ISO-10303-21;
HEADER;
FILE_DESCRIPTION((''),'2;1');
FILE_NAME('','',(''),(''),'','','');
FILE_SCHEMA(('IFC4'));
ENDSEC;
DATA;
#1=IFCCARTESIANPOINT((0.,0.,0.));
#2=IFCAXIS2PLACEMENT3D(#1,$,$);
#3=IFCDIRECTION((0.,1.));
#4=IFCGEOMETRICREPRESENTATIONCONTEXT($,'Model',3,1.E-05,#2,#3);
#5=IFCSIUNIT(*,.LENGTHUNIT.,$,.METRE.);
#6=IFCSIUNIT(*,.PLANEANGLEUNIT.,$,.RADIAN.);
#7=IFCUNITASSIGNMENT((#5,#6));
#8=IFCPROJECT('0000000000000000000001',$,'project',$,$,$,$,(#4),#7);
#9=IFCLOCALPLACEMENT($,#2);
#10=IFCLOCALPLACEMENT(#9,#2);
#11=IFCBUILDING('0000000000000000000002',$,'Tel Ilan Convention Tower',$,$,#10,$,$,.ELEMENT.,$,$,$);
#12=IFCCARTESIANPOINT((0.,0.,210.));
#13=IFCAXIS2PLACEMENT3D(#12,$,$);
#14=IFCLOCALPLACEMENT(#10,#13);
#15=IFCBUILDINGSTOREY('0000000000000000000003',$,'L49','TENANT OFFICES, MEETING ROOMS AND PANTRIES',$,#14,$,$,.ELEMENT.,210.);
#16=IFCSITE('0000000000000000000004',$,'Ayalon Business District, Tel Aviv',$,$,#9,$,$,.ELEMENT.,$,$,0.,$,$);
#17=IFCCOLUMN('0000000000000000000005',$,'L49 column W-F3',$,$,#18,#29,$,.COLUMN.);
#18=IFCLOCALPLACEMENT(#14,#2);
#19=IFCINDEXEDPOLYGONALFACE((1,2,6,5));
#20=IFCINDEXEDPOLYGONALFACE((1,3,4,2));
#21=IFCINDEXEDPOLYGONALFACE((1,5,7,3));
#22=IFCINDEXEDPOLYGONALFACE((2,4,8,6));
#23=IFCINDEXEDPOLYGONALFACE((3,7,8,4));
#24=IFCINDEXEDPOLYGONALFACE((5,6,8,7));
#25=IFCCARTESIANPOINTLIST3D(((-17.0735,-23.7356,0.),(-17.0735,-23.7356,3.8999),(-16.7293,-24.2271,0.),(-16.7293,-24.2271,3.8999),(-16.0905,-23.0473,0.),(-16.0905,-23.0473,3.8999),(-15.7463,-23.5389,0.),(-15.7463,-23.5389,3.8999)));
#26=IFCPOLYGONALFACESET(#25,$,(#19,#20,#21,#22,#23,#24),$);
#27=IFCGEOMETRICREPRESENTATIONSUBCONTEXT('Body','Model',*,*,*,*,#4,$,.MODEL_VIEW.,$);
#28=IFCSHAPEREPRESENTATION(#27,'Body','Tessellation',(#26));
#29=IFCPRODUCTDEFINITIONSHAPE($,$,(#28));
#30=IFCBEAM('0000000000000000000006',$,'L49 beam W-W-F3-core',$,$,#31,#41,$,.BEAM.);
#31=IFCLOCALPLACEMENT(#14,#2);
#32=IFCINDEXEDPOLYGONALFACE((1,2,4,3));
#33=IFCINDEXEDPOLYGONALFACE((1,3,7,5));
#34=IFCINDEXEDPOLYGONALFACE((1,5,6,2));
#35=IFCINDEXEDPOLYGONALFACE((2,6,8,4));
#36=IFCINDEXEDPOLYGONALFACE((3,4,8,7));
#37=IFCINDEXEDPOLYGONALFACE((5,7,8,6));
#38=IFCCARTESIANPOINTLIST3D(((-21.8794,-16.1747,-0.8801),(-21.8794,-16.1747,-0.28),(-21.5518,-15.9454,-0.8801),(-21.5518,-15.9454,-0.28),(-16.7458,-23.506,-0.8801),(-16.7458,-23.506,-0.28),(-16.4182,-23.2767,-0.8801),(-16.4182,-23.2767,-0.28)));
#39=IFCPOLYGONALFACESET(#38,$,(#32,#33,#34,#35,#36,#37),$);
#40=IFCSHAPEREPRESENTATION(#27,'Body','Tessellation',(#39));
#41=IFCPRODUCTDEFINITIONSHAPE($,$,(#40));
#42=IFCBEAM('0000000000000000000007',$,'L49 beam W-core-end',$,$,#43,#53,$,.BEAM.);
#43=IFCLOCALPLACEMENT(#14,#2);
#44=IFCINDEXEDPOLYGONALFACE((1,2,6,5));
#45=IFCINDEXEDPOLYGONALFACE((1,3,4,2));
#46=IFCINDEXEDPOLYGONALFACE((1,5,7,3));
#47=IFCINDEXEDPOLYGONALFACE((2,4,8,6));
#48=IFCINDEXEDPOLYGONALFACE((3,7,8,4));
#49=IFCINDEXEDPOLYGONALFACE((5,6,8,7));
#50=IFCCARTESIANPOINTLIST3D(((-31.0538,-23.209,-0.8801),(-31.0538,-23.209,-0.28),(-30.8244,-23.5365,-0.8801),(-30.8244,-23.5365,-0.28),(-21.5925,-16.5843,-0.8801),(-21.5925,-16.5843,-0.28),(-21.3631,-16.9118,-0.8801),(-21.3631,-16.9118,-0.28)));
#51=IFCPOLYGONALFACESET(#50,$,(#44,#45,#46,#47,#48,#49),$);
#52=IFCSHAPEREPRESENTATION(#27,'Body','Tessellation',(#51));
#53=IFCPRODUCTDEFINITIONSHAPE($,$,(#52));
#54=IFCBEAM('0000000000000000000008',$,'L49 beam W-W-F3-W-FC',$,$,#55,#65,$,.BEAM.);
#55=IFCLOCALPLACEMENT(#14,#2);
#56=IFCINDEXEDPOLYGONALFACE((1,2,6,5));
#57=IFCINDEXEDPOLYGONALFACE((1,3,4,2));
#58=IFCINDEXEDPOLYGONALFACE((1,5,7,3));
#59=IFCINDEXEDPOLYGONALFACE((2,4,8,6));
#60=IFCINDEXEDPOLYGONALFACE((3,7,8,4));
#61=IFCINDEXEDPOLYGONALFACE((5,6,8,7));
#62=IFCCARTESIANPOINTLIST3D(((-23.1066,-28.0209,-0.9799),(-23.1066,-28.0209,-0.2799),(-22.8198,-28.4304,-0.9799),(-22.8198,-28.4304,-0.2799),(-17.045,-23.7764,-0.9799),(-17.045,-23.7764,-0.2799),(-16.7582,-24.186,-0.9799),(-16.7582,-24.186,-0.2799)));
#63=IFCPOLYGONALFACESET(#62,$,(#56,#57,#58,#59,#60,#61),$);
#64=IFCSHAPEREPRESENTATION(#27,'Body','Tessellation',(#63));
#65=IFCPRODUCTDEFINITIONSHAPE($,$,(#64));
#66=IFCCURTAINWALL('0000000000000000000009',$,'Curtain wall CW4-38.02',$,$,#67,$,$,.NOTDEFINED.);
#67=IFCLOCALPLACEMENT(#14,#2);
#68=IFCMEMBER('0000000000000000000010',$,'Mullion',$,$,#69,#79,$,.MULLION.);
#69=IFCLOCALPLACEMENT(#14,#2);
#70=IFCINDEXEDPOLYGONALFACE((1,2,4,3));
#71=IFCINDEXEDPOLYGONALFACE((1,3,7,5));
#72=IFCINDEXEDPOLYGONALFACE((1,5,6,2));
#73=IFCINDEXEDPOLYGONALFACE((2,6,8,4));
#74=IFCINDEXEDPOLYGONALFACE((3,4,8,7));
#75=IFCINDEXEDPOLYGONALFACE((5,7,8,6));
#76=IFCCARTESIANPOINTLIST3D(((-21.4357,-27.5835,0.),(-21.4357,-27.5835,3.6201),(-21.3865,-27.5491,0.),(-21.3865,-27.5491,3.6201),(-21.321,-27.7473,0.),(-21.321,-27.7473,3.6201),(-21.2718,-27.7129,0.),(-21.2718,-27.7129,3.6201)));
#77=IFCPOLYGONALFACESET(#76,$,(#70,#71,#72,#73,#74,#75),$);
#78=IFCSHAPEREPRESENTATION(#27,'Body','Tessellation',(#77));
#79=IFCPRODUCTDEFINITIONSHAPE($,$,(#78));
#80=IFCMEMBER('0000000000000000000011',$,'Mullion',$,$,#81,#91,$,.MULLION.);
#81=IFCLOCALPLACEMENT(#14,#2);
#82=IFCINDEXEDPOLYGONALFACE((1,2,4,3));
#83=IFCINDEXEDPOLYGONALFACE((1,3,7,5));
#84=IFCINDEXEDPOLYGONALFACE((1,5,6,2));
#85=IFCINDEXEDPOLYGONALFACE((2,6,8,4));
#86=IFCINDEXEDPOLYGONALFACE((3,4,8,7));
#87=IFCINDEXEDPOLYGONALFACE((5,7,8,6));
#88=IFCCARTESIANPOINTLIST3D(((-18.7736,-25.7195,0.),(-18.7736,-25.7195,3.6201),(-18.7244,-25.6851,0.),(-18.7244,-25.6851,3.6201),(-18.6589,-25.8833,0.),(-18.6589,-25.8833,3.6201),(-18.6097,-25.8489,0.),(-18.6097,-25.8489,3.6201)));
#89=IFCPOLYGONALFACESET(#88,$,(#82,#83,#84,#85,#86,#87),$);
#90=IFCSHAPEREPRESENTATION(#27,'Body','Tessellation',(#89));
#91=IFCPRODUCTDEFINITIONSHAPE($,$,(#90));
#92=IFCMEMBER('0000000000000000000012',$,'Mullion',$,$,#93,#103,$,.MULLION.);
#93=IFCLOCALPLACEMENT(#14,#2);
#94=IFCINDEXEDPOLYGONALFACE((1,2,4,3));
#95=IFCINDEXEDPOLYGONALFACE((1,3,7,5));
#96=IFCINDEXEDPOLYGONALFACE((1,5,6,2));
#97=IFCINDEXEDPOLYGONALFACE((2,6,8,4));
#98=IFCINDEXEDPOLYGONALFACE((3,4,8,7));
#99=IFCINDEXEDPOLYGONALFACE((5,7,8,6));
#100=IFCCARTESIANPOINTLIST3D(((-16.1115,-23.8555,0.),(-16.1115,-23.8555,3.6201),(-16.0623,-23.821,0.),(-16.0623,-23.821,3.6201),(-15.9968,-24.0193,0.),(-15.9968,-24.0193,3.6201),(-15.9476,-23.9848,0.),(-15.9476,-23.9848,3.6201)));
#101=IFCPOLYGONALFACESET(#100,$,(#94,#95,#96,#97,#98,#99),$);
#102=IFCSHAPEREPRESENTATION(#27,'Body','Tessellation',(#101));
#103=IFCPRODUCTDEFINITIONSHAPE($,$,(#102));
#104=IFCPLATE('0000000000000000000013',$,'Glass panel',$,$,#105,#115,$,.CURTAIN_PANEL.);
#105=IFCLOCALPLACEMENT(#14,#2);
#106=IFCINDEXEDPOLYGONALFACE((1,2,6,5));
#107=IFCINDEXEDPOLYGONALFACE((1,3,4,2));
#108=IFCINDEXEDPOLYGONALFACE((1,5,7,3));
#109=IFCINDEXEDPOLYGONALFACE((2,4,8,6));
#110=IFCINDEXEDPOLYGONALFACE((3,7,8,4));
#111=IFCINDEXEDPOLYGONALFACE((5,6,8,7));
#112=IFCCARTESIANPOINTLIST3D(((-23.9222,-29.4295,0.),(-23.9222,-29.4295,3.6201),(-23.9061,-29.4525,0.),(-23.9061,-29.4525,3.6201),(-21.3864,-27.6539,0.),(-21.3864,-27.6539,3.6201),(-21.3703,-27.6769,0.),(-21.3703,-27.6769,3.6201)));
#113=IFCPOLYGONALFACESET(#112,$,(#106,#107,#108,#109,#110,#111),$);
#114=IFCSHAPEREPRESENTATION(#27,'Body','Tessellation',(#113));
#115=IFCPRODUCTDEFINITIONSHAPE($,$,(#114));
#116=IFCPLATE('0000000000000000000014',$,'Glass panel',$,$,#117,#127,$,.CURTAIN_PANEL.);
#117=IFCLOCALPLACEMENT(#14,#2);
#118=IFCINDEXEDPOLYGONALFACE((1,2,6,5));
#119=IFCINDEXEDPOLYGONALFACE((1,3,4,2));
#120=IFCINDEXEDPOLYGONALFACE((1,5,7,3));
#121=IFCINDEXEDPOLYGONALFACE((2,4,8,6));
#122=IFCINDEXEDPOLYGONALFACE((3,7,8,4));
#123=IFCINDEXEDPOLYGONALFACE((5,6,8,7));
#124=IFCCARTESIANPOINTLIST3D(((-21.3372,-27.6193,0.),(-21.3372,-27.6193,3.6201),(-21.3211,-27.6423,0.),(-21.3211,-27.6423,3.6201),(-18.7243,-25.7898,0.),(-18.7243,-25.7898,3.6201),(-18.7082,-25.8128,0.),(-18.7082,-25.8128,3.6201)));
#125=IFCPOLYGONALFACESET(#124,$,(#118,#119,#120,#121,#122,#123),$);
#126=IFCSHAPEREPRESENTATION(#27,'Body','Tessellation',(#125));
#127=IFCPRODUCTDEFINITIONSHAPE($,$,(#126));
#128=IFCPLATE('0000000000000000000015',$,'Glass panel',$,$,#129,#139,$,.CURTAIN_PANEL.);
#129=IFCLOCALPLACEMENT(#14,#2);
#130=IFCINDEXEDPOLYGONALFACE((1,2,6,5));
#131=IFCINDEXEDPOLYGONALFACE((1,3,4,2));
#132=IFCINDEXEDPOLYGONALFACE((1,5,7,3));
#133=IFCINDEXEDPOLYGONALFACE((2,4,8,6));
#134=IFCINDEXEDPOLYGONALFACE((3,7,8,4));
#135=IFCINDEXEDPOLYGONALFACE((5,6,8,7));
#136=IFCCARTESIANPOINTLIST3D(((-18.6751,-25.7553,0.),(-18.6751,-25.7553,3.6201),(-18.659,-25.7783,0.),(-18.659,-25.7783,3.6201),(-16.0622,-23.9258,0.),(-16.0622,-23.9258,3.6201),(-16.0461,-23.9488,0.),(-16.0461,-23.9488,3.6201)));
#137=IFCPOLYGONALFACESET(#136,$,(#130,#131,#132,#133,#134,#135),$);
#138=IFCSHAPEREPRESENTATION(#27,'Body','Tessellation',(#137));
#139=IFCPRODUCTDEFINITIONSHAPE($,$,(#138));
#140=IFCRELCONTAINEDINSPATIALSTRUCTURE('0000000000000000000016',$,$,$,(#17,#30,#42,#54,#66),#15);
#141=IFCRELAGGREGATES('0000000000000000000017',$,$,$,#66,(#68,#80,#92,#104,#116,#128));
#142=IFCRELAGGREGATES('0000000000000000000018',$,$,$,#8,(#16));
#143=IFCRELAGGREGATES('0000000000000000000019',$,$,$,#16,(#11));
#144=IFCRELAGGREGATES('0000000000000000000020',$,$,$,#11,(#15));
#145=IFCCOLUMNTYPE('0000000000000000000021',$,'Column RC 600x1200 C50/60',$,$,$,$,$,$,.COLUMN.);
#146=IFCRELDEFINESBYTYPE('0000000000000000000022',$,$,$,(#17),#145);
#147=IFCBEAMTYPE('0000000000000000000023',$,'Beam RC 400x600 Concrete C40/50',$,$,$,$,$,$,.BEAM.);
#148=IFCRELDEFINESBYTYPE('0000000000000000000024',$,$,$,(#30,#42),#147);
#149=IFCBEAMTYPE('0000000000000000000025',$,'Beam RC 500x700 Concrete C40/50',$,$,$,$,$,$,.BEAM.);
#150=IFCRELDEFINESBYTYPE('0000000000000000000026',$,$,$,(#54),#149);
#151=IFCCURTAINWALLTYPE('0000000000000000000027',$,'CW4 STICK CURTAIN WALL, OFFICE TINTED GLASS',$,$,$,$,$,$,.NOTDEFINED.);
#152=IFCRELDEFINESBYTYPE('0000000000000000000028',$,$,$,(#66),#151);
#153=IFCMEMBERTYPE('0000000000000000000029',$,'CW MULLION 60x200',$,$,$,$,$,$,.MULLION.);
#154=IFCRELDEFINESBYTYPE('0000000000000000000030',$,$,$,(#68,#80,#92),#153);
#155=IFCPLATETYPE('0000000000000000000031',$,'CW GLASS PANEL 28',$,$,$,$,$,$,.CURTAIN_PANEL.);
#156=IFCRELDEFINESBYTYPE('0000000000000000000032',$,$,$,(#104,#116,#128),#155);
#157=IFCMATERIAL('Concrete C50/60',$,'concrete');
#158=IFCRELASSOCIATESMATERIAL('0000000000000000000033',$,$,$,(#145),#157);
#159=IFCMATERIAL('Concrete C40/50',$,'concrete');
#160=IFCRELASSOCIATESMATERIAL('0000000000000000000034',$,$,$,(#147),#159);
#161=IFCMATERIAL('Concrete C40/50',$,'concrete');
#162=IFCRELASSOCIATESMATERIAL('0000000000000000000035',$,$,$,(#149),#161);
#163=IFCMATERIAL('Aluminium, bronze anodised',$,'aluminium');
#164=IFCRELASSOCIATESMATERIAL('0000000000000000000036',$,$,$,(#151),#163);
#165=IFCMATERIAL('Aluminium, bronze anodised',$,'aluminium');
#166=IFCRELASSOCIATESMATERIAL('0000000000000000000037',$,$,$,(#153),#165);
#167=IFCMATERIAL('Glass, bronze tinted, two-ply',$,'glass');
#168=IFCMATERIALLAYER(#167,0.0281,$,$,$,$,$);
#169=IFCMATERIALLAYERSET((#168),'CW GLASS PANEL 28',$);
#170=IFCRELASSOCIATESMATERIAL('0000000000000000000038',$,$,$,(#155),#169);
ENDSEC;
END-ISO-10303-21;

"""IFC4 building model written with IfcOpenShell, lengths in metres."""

from ifc_helpers import new_model, si_unit, direction, frame, origin, origin_2d, place, context, subcontext, project, spatial, rectangle, extrude, material, layer, layer_set, material_profile, profile_set, type_object, element, aggregate, save


model = new_model("IFC4")

# Units and contexts
model_context = context("Model", 3, precision=1e-05, world=origin(), true_north=direction((0.0, 1.0)))
body_context = subcontext(model_context, "Body", "Model", "MODEL_VIEW")
ifc_project = project(units=[si_unit("LENGTHUNIT", "METRE"), si_unit("PLANEANGLEUNIT", "RADIAN")], contexts=[model_context])

# Site, building, storey
site_placement = place(None, origin())
site = spatial("IfcSite", under=ifc_project, at=site_placement, Name="Ayalon Business District, Tel Aviv", CompositionType="ELEMENT", RefElevation=0.0)
building_placement = place(site_placement, origin())
building = spatial("IfcBuilding", under=site, at=building_placement, Name="Tel Ilan Convention Tower", CompositionType="ELEMENT")
storey_placement = place(building_placement, frame((0.0, 0.0, 210.0)))
storey = spatial("IfcBuildingStorey", under=building, at=storey_placement, Name="L49", Description="TENANT OFFICES, MEETING ROOMS AND PANTRIES", CompositionType="ELEMENT", Elevation=210.0)

# Column
ifc_material_1 = material(Name="Concrete C50/60", Category="concrete")
ifc_material_profile_1 = material_profile(ifc_material_1, rectangle(XDim=1.2, YDim=0.6001, at=origin_2d()), Name="RC 600x1200")
ifc_profile_set_1 = profile_set([ifc_material_profile_1], Name="Concrete C50/60")
column_type = type_object("IfcColumnType", Name="Column RC 600x1200 C50/60", PredefinedType="COLUMN", material=ifc_profile_set_1)
column_placement = place(storey_placement, frame((-16.4099, -23.6372, 0.0), z_axis=(0.0, 0.0, 1.0), x_axis=(-0.819152, -0.573576, 0.0)))
element("IfcColumn", 1, at=column_placement, inside=storey, type_object=column_type, Name="L49 column W-F3", PredefinedType="COLUMN", context=body_context, shape_type="SweptSolid", body=[
    extrude(rectangle(XDim=1.2, YDim=0.6001, at=origin_2d()), origin(), (0.0, 0.0, 1.0), 3.8999),
])

# Beams
ifc_material_2 = material(Name="Concrete C40/50", Category="concrete")
ifc_material_profile_2 = material_profile(ifc_material_2, rectangle(XDim=0.3999, YDim=0.6001, at=origin_2d()), Name="RC 400x600")
ifc_profile_set_2 = profile_set([ifc_material_profile_2], Name="Concrete C40/50")
beam_type_1 = type_object("IfcBeamType", Name="Beam RC 400x600 Concrete C40/50", PredefinedType="BEAM", material=ifc_profile_set_2)
beam_1_placement = place(storey_placement, frame((-16.582, -23.3914, -0.5801), z_axis=(-0.573585, 0.819146, 0.0), x_axis=(-0.819146, -0.573585, 0.0)))
element("IfcBeam", 2, at=beam_1_placement, inside=storey, type_object=beam_type_1, Name="L49 beam W-W-F3-core", PredefinedType="BEAM", context=body_context, shape_type="SweptSolid", body=[
    extrude(rectangle(XDim=0.3999, YDim=0.6001, at=origin_2d()), origin(), (0.0, 0.0, 1.0), 8.95),
])
beam_2_placement = place(storey_placement, frame((-21.4778, -16.748, -0.5801), z_axis=(-0.81916, -0.573564, 0.0), x_axis=(0.573564, -0.81916, 0.0)))
element("IfcBeam", 3, at=beam_2_placement, inside=storey, type_object=beam_type_1, Name="L49 beam W-core-end", PredefinedType="BEAM", context=body_context, shape_type="SweptSolid", body=[
    extrude(rectangle(XDim=0.3999, YDim=0.6001, at=origin_2d()), origin(), (0.0, 0.0, 1.0), 11.55),
])
ifc_material_3 = material(Name="Concrete C40/50", Category="concrete")
ifc_material_profile_3 = material_profile(ifc_material_3, rectangle(XDim=0.5, YDim=0.7, at=origin_2d()), Name="RC 500x700")
ifc_profile_set_3 = profile_set([ifc_material_profile_3], Name="Concrete C40/50")
beam_type_2 = type_object("IfcBeamType", Name="Beam RC 500x700 Concrete C40/50", PredefinedType="BEAM", material=ifc_profile_set_3)
beam_3_placement = place(storey_placement, frame((-16.9016, -23.9812, -0.6299), z_axis=(-0.819148, -0.573582, 0.0), x_axis=(0.573582, -0.819148, 0.0)))
element("IfcBeam", 4, at=beam_3_placement, inside=storey, type_object=beam_type_2, Name="L49 beam W-W-F3-W-FC", PredefinedType="BEAM", context=body_context, shape_type="SweptSolid", body=[
    extrude(rectangle(XDim=0.5, YDim=0.7, at=origin_2d()), origin(), (0.0, 0.0, 1.0), 7.3999),
])

# Curtain wall, members, plates
ifc_material_4 = material(Name="Aluminium, bronze anodised", Category="aluminium")
curtain_wall_type = type_object("IfcCurtainWallType", Name="CW4 STICK CURTAIN WALL, OFFICE TINTED GLASS", PredefinedType="NOTDEFINED", material=ifc_material_4)
curtain_wall_placement = place(storey_placement, origin())
curtain_wall = element("IfcCurtainWall", 5, at=curtain_wall_placement, inside=storey, type_object=curtain_wall_type, Name="Curtain wall CW4-38.02", PredefinedType="NOTDEFINED")
ifc_material_5 = material(Name="Aluminium, bronze anodised", Category="aluminium")
ifc_material_profile_4 = material_profile(ifc_material_5, rectangle(XDim=0.0601, YDim=0.2, at=origin_2d()), Name="CW MULLION 60x200")
ifc_profile_set_4 = profile_set([ifc_material_profile_4], Name="Aluminium, bronze anodised")
member_type = type_object("IfcMemberType", Name="CW MULLION 60x200", PredefinedType="MULLION", material=ifc_profile_set_4)
member_1_placement = place(storey_placement, frame((-21.3538, -27.6482, 0.0), z_axis=(0.0, 0.0, 1.0), x_axis=(0.819152, 0.573576, 0.0)))
member_1 = element("IfcMember", 6, at=member_1_placement, type_object=member_type, Name="Mullion", PredefinedType="MULLION", context=body_context, shape_type="SweptSolid", body=[
    extrude(rectangle(XDim=0.0601, YDim=0.2, at=origin_2d()), origin(), (0.0, 0.0, 1.0), 3.6201),
])
member_2_placement = place(storey_placement, frame((-18.6917, -25.7842, 0.0), z_axis=(0.0, 0.0, 1.0), x_axis=(0.819152, 0.573576, 0.0)))
member_2 = element("IfcMember", 7, at=member_2_placement, type_object=member_type, Name="Mullion", PredefinedType="MULLION", context=body_context, shape_type="SweptSolid", body=[
    extrude(rectangle(XDim=0.0601, YDim=0.2, at=origin_2d()), origin(), (0.0, 0.0, 1.0), 3.6201),
])
member_3_placement = place(storey_placement, frame((-16.0295, -23.9202, 0.0), z_axis=(0.0, 0.0, 1.0), x_axis=(0.819152, 0.573576, 0.0)))
member_3 = element("IfcMember", 8, at=member_3_placement, type_object=member_type, Name="Mullion", PredefinedType="MULLION", context=body_context, shape_type="SweptSolid", body=[
    extrude(rectangle(XDim=0.0601, YDim=0.2, at=origin_2d()), origin(), (0.0, 0.0, 1.0), 3.6201),
])
ifc_material_6 = material(Name="Glass, bronze tinted, two-ply", Category="glass")
ifc_layer_1 = layer(ifc_material_6, 0.0281)
ifc_layer_set_1 = layer_set([ifc_layer_1], Name="CW GLASS PANEL 28")
plate_type = type_object("IfcPlateType", Name="CW GLASS PANEL 28", PredefinedType="CURTAIN_PANEL", material=ifc_layer_set_1)
plate_1_placement = place(storey_placement, frame((-22.6462, -28.5532, 0.0), z_axis=(0.0, 0.0, 1.0), x_axis=(0.819152, 0.573576, 0.0)))
plate_1 = element("IfcPlate", 9, at=plate_1_placement, type_object=plate_type, Name="Glass panel", PredefinedType="CURTAIN_PANEL", context=body_context, shape_type="SweptSolid", body=[
    extrude(rectangle(XDim=3.0957, YDim=0.0281, at=origin_2d()), origin(), (0.0, 0.0, 1.0), 3.6201),
])
plate_2_placement = place(storey_placement, frame((-20.0227, -26.7161, 0.0), z_axis=(0.0, 0.0, 1.0), x_axis=(0.819152, 0.573576, 0.0)))
plate_2 = element("IfcPlate", 10, at=plate_2_placement, type_object=plate_type, Name="Glass panel", PredefinedType="CURTAIN_PANEL", context=body_context, shape_type="SweptSolid", body=[
    extrude(rectangle(XDim=3.1897, YDim=0.0281, at=origin_2d()), origin(), (0.0, 0.0, 1.0), 3.6201),
])
plate_3_placement = place(storey_placement, frame((-17.3606, -24.8521, 0.0), z_axis=(0.0, 0.0, 1.0), x_axis=(0.819152, 0.573576, 0.0)))
plate_3 = element("IfcPlate", 11, at=plate_3_placement, type_object=plate_type, Name="Glass panel", PredefinedType="CURTAIN_PANEL", context=body_context, shape_type="SweptSolid", body=[
    extrude(rectangle(XDim=3.1897, YDim=0.0281, at=origin_2d()), origin(), (0.0, 0.0, 1.0), 3.6201),
])
aggregate(curtain_wall, [member_1, member_2, member_3, plate_1, plate_2, plate_3])

save(model, "model.ifc")
